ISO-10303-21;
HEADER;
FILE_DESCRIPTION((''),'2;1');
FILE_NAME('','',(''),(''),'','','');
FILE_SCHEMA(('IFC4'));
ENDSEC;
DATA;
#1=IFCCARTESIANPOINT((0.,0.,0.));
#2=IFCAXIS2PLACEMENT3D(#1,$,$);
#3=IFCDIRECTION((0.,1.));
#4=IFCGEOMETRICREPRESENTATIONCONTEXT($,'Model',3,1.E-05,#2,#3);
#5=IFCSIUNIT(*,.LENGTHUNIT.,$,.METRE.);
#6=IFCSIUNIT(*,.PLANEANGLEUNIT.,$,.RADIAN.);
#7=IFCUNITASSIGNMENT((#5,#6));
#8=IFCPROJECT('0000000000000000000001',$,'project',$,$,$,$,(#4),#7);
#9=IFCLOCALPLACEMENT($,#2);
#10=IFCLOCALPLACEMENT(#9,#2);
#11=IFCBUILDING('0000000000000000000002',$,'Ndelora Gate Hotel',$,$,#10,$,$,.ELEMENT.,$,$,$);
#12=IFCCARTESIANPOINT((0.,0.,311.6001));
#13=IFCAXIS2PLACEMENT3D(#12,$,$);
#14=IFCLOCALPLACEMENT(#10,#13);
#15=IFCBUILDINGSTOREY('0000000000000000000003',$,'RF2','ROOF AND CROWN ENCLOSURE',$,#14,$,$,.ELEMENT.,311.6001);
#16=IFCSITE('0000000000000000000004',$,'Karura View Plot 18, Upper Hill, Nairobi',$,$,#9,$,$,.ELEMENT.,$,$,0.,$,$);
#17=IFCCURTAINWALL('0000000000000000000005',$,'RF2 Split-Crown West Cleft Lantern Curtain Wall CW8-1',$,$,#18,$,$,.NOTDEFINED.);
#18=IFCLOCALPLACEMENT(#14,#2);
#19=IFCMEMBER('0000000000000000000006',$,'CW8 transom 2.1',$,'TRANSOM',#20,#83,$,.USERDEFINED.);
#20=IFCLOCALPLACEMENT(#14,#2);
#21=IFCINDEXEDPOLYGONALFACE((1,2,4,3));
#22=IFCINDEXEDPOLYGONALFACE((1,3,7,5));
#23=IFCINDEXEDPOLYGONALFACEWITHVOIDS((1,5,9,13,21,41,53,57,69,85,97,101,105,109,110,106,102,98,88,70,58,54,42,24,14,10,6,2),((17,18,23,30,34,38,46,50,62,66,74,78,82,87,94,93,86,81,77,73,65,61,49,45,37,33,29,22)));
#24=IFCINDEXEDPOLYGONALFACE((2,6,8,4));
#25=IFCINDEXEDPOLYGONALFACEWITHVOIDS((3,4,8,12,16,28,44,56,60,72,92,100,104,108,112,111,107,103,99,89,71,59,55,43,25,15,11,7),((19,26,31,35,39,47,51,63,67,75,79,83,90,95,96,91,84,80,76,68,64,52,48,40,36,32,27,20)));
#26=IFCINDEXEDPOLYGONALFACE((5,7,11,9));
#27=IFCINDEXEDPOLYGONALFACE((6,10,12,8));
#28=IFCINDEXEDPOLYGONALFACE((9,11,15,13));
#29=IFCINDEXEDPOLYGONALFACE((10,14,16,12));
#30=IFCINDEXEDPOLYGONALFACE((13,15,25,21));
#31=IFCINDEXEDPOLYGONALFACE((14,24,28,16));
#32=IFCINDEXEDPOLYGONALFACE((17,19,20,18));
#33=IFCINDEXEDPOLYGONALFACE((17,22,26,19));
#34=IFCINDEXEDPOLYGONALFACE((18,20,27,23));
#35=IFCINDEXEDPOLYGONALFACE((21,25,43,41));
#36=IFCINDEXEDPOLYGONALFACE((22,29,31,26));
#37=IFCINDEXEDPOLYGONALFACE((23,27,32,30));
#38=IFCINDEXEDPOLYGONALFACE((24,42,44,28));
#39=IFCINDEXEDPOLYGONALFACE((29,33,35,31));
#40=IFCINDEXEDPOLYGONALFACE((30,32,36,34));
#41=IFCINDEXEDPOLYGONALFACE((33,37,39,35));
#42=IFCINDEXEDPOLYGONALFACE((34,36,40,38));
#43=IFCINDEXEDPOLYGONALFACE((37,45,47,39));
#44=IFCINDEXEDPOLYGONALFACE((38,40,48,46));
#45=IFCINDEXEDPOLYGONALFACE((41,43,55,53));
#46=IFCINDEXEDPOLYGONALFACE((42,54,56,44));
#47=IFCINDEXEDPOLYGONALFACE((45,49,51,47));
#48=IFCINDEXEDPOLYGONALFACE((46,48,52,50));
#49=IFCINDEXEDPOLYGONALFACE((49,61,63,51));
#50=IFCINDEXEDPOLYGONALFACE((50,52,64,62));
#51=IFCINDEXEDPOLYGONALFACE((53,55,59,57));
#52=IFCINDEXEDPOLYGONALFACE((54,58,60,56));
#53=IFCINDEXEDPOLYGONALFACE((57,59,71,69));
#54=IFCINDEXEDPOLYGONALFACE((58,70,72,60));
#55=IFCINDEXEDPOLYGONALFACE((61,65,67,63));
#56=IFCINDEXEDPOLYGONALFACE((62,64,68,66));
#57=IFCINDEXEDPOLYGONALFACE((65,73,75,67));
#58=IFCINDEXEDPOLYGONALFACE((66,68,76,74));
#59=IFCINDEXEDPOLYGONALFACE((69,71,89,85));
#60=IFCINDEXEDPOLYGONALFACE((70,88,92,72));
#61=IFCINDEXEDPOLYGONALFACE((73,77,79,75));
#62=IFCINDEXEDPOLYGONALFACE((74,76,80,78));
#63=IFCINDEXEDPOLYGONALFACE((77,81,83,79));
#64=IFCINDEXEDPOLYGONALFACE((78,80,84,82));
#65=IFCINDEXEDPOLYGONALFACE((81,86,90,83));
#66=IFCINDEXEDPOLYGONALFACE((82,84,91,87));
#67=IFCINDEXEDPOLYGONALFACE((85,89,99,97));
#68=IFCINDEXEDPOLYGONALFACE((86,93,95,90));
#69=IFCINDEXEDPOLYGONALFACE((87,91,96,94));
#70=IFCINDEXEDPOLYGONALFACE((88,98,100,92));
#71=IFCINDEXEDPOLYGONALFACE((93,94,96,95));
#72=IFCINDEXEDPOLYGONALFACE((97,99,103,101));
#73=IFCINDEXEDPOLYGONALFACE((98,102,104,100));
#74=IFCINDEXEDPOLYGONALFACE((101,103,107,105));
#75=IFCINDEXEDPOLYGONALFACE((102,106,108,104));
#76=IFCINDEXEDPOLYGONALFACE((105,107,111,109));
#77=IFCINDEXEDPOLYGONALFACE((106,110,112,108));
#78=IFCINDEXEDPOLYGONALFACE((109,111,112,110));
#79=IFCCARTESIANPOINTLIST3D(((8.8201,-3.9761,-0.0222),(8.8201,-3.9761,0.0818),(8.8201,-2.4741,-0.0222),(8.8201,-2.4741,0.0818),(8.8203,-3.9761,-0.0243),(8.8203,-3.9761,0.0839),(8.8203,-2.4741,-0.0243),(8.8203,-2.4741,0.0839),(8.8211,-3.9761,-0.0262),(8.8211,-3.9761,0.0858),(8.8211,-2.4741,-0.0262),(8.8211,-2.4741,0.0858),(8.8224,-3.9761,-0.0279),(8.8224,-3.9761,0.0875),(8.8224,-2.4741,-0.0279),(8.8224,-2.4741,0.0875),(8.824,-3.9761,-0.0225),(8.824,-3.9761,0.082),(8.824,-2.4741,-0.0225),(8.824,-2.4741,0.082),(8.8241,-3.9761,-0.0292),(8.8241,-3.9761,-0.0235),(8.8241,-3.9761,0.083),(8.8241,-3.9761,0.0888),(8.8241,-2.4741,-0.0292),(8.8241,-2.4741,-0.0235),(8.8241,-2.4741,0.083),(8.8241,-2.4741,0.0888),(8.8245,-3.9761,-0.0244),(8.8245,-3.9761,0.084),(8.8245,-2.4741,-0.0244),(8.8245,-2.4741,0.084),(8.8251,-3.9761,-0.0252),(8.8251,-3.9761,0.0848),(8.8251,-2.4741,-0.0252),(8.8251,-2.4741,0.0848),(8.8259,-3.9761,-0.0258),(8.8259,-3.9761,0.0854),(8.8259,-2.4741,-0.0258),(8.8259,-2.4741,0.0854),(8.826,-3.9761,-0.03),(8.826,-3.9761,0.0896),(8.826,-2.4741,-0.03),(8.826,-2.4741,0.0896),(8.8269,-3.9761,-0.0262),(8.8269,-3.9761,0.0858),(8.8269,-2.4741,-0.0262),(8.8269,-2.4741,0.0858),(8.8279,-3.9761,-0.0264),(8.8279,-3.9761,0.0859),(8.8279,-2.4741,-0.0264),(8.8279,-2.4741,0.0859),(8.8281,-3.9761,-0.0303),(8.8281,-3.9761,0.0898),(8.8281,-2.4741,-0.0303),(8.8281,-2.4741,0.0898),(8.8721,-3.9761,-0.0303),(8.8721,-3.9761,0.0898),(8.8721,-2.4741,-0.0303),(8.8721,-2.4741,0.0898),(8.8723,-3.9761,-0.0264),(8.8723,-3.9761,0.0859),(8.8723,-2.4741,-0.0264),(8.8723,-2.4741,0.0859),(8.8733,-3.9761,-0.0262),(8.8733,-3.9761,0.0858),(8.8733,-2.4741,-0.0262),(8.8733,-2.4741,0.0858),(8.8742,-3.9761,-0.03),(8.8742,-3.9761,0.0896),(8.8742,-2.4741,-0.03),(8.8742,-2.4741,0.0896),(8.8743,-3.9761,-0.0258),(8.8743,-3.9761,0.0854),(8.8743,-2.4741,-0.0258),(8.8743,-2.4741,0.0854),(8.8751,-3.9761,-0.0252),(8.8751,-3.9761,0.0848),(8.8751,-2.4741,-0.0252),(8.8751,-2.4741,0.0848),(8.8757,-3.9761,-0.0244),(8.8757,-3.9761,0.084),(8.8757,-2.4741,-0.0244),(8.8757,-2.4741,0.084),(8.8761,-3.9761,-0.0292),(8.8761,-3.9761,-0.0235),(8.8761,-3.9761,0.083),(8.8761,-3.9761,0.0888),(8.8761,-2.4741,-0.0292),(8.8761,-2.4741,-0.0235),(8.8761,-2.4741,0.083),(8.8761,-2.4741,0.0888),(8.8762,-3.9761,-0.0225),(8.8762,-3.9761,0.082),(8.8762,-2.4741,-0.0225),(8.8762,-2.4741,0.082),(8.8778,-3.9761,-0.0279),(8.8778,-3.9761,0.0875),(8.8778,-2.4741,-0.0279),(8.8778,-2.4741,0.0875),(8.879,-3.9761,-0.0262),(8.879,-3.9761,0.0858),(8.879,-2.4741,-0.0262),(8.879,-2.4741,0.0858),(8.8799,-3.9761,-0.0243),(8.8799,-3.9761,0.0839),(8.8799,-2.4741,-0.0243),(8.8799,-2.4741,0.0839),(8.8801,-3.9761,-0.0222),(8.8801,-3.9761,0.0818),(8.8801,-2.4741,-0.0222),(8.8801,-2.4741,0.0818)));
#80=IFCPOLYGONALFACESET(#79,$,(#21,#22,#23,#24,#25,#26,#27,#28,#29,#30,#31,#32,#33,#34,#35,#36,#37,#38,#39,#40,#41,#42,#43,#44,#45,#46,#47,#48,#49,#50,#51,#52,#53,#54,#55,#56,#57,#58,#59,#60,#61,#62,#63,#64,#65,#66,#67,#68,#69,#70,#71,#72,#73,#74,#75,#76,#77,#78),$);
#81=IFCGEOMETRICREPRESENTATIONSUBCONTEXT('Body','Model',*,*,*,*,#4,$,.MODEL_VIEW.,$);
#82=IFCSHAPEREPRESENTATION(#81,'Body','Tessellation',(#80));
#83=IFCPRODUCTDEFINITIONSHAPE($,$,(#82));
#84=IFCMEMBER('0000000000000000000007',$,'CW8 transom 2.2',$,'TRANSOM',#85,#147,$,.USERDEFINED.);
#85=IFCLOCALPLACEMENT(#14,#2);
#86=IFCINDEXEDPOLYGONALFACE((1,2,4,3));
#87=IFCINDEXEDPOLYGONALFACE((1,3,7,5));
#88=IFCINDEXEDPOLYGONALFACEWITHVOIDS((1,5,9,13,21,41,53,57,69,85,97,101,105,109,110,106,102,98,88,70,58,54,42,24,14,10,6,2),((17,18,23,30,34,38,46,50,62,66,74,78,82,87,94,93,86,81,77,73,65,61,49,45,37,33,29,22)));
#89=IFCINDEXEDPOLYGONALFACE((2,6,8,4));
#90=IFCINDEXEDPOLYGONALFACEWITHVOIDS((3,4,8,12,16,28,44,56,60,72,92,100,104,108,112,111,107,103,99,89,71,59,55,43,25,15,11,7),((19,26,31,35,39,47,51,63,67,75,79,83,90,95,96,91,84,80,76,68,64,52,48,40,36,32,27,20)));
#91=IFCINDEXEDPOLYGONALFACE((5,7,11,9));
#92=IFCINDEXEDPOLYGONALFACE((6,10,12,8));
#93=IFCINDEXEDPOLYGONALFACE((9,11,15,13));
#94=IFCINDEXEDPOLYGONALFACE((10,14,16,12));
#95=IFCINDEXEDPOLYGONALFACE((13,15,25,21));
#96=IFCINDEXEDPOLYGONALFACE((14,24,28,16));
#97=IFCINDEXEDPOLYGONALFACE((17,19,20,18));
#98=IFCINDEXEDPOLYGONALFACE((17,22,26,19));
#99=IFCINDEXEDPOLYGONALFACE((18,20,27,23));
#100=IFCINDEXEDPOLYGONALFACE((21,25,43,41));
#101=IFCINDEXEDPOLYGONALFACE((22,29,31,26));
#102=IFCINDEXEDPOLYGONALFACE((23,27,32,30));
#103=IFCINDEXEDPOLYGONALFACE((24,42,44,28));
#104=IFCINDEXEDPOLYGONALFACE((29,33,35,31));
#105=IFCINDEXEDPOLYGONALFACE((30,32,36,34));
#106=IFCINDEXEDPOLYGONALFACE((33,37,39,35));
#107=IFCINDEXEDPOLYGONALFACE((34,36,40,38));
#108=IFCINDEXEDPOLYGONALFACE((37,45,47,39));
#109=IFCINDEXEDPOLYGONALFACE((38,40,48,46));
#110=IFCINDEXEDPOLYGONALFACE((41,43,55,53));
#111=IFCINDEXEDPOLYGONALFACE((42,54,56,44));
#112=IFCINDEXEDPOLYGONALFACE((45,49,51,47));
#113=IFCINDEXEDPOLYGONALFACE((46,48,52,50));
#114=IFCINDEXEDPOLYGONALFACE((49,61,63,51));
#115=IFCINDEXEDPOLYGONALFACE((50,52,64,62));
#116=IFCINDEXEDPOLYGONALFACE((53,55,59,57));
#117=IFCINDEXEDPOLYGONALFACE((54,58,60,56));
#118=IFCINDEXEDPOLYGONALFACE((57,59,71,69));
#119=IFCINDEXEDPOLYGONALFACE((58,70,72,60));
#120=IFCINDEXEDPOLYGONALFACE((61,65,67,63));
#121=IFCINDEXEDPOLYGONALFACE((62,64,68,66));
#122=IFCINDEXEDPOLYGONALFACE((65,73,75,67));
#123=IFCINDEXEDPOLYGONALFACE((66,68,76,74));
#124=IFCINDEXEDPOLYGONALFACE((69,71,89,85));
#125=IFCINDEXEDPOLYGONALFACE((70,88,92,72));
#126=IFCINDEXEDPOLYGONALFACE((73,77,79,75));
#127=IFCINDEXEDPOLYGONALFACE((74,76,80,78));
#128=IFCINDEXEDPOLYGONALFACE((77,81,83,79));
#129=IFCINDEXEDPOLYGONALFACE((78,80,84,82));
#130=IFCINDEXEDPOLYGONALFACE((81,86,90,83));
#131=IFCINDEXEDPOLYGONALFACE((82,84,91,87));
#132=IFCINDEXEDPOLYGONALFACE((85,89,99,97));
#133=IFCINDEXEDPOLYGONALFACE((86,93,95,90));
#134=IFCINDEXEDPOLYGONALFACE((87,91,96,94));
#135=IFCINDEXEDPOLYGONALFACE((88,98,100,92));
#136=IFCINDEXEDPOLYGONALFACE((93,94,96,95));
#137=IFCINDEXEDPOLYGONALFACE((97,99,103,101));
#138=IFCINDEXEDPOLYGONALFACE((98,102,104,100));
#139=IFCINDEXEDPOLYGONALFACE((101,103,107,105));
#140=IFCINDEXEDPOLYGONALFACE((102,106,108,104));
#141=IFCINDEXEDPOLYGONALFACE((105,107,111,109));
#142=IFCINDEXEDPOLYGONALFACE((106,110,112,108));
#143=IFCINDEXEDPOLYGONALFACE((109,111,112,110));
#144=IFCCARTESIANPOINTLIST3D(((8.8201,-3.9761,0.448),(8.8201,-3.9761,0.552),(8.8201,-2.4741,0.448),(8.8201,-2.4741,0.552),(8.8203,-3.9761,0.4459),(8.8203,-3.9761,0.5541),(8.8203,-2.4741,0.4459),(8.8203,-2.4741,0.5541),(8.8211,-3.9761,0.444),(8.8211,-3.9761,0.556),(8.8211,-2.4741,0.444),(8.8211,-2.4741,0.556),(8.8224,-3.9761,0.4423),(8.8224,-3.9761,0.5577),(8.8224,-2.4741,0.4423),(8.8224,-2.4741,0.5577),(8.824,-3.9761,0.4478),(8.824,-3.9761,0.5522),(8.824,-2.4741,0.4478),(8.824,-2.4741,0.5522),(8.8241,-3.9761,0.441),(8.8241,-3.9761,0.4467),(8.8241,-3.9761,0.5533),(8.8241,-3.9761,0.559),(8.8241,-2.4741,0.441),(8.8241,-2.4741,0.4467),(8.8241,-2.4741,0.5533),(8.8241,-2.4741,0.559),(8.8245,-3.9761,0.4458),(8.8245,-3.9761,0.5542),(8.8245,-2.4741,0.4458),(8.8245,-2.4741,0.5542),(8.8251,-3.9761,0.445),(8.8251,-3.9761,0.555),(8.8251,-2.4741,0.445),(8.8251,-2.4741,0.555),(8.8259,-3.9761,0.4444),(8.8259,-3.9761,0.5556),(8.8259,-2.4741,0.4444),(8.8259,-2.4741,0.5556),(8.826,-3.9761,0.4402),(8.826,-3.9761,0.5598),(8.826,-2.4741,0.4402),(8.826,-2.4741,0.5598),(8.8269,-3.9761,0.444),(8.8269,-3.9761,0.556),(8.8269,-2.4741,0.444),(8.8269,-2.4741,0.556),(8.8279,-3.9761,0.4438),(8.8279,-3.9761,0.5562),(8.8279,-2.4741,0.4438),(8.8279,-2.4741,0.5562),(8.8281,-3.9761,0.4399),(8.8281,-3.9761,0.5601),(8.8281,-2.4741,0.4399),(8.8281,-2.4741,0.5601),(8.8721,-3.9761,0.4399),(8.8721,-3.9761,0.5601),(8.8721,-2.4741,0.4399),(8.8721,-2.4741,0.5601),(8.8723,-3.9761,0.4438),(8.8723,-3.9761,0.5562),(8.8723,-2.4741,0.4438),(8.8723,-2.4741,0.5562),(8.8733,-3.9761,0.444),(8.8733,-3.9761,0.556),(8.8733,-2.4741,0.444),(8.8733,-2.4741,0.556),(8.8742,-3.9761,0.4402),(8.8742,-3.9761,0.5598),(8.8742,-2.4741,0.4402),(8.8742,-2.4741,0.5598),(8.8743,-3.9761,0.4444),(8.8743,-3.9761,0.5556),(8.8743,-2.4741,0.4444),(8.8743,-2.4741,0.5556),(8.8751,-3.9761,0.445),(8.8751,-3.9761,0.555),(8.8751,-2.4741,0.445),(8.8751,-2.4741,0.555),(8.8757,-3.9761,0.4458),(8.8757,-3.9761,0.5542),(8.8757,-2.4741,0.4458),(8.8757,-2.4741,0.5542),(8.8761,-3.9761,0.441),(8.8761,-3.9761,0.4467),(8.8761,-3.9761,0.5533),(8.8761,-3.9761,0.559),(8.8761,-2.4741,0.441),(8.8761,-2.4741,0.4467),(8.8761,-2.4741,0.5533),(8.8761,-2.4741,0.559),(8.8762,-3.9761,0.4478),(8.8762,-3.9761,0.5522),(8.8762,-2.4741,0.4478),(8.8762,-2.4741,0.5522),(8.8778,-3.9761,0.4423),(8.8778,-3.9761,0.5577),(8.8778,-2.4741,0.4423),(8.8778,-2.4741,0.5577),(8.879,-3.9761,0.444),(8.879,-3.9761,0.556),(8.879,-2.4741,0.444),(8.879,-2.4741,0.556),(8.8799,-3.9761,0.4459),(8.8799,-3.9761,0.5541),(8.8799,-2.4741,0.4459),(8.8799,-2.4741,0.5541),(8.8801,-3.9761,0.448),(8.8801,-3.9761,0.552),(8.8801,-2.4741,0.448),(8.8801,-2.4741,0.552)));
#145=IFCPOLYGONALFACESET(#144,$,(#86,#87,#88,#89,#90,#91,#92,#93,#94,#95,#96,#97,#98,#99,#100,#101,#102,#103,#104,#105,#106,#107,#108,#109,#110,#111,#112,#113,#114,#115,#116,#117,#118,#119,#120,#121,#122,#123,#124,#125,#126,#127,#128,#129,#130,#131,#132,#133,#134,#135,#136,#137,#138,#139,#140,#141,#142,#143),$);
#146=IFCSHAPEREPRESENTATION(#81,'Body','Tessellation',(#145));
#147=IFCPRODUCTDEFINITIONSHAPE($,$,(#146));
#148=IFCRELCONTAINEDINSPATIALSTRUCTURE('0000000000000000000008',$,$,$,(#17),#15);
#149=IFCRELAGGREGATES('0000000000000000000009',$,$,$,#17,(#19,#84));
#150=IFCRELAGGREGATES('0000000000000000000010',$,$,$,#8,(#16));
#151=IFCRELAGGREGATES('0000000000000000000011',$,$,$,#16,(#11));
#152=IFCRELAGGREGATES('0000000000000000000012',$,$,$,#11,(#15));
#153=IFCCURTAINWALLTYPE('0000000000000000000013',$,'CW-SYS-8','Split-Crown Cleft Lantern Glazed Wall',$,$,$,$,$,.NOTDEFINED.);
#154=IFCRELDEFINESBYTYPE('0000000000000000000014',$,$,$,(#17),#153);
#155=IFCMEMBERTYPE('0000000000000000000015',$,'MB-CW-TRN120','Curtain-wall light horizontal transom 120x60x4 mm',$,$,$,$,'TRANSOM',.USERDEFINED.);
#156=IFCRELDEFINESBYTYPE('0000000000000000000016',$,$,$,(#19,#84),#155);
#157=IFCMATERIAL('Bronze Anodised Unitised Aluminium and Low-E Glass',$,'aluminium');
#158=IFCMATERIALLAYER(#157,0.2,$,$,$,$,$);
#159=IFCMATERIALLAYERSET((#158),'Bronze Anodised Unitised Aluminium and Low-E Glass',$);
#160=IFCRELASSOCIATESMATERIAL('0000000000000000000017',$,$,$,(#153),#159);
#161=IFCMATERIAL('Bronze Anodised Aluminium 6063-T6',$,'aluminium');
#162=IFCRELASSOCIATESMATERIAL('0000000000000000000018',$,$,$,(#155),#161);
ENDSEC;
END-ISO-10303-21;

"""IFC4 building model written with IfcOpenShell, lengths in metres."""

from ifc_helpers import new_model, si_unit, direction, frame, origin, origin_2d, place, context, subcontext, project, spatial, hollow_rectangle, extrude, material, layer, layer_set, material_profile, profile_set, type_object, element, aggregate, save


model = new_model("IFC4")

# Units and contexts
model_context = context("Model", 3, precision=1e-05, world=origin(), true_north=direction((0.0, 1.0)))
body_context = subcontext(model_context, "Body", "Model", "MODEL_VIEW")
ifc_project = project(units=[si_unit("LENGTHUNIT", "METRE"), si_unit("PLANEANGLEUNIT", "RADIAN")], contexts=[model_context])

# Site, building, storey
site_placement = place(None, origin())
site = spatial("IfcSite", under=ifc_project, at=site_placement, Name="Karura View Plot 18, Upper Hill, Nairobi", CompositionType="ELEMENT", RefElevation=0.0)
building_placement = place(site_placement, origin())
building = spatial("IfcBuilding", under=site, at=building_placement, Name="Ndelora Gate Hotel", CompositionType="ELEMENT")
storey_placement = place(building_placement, frame((0.0, 0.0, 311.6001)))
storey = spatial("IfcBuildingStorey", under=building, at=storey_placement, Name="RF2", Description="ROOF AND CROWN ENCLOSURE", CompositionType="ELEMENT", Elevation=311.6001)

# Curtain wall, members
ifc_material_1 = material(Name="Bronze Anodised Unitised Aluminium and Low-E Glass", Category="aluminium")
ifc_layer_1 = layer(ifc_material_1, 0.2)
ifc_layer_set_1 = layer_set([ifc_layer_1], Name="Bronze Anodised Unitised Aluminium and Low-E Glass")
curtain_wall_type = type_object("IfcCurtainWallType", Name="CW-SYS-8", Description="Split-Crown Cleft Lantern Glazed Wall", PredefinedType="NOTDEFINED", material=ifc_layer_set_1)
curtain_wall_placement = place(storey_placement, origin())
curtain_wall = element("IfcCurtainWall", 1, at=curtain_wall_placement, inside=storey, type_object=curtain_wall_type, Name="RF2 Split-Crown West Cleft Lantern Curtain Wall CW8-1", PredefinedType="NOTDEFINED")
ifc_material_2 = material(Name="Bronze Anodised Aluminium 6063-T6", Category="aluminium")
ifc_material_profile_1 = material_profile(ifc_material_2, hollow_rectangle(XDim=0.0601, YDim=0.1201, WallThickness=0.0039, InnerFilletRadius=0.0039, OuterFilletRadius=0.0081, at=origin_2d()), Name="ALU 120x60x4")
ifc_profile_set_1 = profile_set([ifc_material_profile_1], Name="Bronze Anodised Aluminium 6063-T6")
member_type_1 = type_object("IfcMemberType", Name="MB-CW-TRN120", Description="Curtain-wall light horizontal transom 120x60x4 mm", ElementType="TRANSOM", PredefinedType="USERDEFINED", material=ifc_profile_set_1)
member_1_placement = place(storey_placement, frame((8.8501, -3.9761, 0.0298), z_axis=(0.0, 1.0, 0.0), x_axis=(-1.0, 0.0, 0.0)))
member_1 = element("IfcMember", 2, at=member_1_placement, type_object=member_type_1, Name="CW8 transom 2.1", ObjectType="TRANSOM", PredefinedType="USERDEFINED", context=body_context, shape_type="SweptSolid", body=[
    extrude(hollow_rectangle(XDim=0.0601, YDim=0.1201, WallThickness=0.0039, InnerFilletRadius=0.0039, OuterFilletRadius=0.0081, at=origin_2d()), origin(), (0.0, 0.0, 1.0), 1.502),
])
member_2_placement = place(storey_placement, frame((8.8501, -3.9761, 0.5), z_axis=(0.0, 1.0, 0.0), x_axis=(-1.0, 0.0, 0.0)))
member_2 = element("IfcMember", 3, at=member_2_placement, type_object=member_type_1, Name="CW8 transom 2.2", ObjectType="TRANSOM", PredefinedType="USERDEFINED", context=body_context, shape_type="SweptSolid", body=[
    extrude(hollow_rectangle(XDim=0.0601, YDim=0.1201, WallThickness=0.0039, InnerFilletRadius=0.0039, OuterFilletRadius=0.0081, at=origin_2d()), origin(), (0.0, 0.0, 1.0), 1.502),
])
aggregate(curtain_wall, [member_1, member_2])

save(model, "model.ifc")
